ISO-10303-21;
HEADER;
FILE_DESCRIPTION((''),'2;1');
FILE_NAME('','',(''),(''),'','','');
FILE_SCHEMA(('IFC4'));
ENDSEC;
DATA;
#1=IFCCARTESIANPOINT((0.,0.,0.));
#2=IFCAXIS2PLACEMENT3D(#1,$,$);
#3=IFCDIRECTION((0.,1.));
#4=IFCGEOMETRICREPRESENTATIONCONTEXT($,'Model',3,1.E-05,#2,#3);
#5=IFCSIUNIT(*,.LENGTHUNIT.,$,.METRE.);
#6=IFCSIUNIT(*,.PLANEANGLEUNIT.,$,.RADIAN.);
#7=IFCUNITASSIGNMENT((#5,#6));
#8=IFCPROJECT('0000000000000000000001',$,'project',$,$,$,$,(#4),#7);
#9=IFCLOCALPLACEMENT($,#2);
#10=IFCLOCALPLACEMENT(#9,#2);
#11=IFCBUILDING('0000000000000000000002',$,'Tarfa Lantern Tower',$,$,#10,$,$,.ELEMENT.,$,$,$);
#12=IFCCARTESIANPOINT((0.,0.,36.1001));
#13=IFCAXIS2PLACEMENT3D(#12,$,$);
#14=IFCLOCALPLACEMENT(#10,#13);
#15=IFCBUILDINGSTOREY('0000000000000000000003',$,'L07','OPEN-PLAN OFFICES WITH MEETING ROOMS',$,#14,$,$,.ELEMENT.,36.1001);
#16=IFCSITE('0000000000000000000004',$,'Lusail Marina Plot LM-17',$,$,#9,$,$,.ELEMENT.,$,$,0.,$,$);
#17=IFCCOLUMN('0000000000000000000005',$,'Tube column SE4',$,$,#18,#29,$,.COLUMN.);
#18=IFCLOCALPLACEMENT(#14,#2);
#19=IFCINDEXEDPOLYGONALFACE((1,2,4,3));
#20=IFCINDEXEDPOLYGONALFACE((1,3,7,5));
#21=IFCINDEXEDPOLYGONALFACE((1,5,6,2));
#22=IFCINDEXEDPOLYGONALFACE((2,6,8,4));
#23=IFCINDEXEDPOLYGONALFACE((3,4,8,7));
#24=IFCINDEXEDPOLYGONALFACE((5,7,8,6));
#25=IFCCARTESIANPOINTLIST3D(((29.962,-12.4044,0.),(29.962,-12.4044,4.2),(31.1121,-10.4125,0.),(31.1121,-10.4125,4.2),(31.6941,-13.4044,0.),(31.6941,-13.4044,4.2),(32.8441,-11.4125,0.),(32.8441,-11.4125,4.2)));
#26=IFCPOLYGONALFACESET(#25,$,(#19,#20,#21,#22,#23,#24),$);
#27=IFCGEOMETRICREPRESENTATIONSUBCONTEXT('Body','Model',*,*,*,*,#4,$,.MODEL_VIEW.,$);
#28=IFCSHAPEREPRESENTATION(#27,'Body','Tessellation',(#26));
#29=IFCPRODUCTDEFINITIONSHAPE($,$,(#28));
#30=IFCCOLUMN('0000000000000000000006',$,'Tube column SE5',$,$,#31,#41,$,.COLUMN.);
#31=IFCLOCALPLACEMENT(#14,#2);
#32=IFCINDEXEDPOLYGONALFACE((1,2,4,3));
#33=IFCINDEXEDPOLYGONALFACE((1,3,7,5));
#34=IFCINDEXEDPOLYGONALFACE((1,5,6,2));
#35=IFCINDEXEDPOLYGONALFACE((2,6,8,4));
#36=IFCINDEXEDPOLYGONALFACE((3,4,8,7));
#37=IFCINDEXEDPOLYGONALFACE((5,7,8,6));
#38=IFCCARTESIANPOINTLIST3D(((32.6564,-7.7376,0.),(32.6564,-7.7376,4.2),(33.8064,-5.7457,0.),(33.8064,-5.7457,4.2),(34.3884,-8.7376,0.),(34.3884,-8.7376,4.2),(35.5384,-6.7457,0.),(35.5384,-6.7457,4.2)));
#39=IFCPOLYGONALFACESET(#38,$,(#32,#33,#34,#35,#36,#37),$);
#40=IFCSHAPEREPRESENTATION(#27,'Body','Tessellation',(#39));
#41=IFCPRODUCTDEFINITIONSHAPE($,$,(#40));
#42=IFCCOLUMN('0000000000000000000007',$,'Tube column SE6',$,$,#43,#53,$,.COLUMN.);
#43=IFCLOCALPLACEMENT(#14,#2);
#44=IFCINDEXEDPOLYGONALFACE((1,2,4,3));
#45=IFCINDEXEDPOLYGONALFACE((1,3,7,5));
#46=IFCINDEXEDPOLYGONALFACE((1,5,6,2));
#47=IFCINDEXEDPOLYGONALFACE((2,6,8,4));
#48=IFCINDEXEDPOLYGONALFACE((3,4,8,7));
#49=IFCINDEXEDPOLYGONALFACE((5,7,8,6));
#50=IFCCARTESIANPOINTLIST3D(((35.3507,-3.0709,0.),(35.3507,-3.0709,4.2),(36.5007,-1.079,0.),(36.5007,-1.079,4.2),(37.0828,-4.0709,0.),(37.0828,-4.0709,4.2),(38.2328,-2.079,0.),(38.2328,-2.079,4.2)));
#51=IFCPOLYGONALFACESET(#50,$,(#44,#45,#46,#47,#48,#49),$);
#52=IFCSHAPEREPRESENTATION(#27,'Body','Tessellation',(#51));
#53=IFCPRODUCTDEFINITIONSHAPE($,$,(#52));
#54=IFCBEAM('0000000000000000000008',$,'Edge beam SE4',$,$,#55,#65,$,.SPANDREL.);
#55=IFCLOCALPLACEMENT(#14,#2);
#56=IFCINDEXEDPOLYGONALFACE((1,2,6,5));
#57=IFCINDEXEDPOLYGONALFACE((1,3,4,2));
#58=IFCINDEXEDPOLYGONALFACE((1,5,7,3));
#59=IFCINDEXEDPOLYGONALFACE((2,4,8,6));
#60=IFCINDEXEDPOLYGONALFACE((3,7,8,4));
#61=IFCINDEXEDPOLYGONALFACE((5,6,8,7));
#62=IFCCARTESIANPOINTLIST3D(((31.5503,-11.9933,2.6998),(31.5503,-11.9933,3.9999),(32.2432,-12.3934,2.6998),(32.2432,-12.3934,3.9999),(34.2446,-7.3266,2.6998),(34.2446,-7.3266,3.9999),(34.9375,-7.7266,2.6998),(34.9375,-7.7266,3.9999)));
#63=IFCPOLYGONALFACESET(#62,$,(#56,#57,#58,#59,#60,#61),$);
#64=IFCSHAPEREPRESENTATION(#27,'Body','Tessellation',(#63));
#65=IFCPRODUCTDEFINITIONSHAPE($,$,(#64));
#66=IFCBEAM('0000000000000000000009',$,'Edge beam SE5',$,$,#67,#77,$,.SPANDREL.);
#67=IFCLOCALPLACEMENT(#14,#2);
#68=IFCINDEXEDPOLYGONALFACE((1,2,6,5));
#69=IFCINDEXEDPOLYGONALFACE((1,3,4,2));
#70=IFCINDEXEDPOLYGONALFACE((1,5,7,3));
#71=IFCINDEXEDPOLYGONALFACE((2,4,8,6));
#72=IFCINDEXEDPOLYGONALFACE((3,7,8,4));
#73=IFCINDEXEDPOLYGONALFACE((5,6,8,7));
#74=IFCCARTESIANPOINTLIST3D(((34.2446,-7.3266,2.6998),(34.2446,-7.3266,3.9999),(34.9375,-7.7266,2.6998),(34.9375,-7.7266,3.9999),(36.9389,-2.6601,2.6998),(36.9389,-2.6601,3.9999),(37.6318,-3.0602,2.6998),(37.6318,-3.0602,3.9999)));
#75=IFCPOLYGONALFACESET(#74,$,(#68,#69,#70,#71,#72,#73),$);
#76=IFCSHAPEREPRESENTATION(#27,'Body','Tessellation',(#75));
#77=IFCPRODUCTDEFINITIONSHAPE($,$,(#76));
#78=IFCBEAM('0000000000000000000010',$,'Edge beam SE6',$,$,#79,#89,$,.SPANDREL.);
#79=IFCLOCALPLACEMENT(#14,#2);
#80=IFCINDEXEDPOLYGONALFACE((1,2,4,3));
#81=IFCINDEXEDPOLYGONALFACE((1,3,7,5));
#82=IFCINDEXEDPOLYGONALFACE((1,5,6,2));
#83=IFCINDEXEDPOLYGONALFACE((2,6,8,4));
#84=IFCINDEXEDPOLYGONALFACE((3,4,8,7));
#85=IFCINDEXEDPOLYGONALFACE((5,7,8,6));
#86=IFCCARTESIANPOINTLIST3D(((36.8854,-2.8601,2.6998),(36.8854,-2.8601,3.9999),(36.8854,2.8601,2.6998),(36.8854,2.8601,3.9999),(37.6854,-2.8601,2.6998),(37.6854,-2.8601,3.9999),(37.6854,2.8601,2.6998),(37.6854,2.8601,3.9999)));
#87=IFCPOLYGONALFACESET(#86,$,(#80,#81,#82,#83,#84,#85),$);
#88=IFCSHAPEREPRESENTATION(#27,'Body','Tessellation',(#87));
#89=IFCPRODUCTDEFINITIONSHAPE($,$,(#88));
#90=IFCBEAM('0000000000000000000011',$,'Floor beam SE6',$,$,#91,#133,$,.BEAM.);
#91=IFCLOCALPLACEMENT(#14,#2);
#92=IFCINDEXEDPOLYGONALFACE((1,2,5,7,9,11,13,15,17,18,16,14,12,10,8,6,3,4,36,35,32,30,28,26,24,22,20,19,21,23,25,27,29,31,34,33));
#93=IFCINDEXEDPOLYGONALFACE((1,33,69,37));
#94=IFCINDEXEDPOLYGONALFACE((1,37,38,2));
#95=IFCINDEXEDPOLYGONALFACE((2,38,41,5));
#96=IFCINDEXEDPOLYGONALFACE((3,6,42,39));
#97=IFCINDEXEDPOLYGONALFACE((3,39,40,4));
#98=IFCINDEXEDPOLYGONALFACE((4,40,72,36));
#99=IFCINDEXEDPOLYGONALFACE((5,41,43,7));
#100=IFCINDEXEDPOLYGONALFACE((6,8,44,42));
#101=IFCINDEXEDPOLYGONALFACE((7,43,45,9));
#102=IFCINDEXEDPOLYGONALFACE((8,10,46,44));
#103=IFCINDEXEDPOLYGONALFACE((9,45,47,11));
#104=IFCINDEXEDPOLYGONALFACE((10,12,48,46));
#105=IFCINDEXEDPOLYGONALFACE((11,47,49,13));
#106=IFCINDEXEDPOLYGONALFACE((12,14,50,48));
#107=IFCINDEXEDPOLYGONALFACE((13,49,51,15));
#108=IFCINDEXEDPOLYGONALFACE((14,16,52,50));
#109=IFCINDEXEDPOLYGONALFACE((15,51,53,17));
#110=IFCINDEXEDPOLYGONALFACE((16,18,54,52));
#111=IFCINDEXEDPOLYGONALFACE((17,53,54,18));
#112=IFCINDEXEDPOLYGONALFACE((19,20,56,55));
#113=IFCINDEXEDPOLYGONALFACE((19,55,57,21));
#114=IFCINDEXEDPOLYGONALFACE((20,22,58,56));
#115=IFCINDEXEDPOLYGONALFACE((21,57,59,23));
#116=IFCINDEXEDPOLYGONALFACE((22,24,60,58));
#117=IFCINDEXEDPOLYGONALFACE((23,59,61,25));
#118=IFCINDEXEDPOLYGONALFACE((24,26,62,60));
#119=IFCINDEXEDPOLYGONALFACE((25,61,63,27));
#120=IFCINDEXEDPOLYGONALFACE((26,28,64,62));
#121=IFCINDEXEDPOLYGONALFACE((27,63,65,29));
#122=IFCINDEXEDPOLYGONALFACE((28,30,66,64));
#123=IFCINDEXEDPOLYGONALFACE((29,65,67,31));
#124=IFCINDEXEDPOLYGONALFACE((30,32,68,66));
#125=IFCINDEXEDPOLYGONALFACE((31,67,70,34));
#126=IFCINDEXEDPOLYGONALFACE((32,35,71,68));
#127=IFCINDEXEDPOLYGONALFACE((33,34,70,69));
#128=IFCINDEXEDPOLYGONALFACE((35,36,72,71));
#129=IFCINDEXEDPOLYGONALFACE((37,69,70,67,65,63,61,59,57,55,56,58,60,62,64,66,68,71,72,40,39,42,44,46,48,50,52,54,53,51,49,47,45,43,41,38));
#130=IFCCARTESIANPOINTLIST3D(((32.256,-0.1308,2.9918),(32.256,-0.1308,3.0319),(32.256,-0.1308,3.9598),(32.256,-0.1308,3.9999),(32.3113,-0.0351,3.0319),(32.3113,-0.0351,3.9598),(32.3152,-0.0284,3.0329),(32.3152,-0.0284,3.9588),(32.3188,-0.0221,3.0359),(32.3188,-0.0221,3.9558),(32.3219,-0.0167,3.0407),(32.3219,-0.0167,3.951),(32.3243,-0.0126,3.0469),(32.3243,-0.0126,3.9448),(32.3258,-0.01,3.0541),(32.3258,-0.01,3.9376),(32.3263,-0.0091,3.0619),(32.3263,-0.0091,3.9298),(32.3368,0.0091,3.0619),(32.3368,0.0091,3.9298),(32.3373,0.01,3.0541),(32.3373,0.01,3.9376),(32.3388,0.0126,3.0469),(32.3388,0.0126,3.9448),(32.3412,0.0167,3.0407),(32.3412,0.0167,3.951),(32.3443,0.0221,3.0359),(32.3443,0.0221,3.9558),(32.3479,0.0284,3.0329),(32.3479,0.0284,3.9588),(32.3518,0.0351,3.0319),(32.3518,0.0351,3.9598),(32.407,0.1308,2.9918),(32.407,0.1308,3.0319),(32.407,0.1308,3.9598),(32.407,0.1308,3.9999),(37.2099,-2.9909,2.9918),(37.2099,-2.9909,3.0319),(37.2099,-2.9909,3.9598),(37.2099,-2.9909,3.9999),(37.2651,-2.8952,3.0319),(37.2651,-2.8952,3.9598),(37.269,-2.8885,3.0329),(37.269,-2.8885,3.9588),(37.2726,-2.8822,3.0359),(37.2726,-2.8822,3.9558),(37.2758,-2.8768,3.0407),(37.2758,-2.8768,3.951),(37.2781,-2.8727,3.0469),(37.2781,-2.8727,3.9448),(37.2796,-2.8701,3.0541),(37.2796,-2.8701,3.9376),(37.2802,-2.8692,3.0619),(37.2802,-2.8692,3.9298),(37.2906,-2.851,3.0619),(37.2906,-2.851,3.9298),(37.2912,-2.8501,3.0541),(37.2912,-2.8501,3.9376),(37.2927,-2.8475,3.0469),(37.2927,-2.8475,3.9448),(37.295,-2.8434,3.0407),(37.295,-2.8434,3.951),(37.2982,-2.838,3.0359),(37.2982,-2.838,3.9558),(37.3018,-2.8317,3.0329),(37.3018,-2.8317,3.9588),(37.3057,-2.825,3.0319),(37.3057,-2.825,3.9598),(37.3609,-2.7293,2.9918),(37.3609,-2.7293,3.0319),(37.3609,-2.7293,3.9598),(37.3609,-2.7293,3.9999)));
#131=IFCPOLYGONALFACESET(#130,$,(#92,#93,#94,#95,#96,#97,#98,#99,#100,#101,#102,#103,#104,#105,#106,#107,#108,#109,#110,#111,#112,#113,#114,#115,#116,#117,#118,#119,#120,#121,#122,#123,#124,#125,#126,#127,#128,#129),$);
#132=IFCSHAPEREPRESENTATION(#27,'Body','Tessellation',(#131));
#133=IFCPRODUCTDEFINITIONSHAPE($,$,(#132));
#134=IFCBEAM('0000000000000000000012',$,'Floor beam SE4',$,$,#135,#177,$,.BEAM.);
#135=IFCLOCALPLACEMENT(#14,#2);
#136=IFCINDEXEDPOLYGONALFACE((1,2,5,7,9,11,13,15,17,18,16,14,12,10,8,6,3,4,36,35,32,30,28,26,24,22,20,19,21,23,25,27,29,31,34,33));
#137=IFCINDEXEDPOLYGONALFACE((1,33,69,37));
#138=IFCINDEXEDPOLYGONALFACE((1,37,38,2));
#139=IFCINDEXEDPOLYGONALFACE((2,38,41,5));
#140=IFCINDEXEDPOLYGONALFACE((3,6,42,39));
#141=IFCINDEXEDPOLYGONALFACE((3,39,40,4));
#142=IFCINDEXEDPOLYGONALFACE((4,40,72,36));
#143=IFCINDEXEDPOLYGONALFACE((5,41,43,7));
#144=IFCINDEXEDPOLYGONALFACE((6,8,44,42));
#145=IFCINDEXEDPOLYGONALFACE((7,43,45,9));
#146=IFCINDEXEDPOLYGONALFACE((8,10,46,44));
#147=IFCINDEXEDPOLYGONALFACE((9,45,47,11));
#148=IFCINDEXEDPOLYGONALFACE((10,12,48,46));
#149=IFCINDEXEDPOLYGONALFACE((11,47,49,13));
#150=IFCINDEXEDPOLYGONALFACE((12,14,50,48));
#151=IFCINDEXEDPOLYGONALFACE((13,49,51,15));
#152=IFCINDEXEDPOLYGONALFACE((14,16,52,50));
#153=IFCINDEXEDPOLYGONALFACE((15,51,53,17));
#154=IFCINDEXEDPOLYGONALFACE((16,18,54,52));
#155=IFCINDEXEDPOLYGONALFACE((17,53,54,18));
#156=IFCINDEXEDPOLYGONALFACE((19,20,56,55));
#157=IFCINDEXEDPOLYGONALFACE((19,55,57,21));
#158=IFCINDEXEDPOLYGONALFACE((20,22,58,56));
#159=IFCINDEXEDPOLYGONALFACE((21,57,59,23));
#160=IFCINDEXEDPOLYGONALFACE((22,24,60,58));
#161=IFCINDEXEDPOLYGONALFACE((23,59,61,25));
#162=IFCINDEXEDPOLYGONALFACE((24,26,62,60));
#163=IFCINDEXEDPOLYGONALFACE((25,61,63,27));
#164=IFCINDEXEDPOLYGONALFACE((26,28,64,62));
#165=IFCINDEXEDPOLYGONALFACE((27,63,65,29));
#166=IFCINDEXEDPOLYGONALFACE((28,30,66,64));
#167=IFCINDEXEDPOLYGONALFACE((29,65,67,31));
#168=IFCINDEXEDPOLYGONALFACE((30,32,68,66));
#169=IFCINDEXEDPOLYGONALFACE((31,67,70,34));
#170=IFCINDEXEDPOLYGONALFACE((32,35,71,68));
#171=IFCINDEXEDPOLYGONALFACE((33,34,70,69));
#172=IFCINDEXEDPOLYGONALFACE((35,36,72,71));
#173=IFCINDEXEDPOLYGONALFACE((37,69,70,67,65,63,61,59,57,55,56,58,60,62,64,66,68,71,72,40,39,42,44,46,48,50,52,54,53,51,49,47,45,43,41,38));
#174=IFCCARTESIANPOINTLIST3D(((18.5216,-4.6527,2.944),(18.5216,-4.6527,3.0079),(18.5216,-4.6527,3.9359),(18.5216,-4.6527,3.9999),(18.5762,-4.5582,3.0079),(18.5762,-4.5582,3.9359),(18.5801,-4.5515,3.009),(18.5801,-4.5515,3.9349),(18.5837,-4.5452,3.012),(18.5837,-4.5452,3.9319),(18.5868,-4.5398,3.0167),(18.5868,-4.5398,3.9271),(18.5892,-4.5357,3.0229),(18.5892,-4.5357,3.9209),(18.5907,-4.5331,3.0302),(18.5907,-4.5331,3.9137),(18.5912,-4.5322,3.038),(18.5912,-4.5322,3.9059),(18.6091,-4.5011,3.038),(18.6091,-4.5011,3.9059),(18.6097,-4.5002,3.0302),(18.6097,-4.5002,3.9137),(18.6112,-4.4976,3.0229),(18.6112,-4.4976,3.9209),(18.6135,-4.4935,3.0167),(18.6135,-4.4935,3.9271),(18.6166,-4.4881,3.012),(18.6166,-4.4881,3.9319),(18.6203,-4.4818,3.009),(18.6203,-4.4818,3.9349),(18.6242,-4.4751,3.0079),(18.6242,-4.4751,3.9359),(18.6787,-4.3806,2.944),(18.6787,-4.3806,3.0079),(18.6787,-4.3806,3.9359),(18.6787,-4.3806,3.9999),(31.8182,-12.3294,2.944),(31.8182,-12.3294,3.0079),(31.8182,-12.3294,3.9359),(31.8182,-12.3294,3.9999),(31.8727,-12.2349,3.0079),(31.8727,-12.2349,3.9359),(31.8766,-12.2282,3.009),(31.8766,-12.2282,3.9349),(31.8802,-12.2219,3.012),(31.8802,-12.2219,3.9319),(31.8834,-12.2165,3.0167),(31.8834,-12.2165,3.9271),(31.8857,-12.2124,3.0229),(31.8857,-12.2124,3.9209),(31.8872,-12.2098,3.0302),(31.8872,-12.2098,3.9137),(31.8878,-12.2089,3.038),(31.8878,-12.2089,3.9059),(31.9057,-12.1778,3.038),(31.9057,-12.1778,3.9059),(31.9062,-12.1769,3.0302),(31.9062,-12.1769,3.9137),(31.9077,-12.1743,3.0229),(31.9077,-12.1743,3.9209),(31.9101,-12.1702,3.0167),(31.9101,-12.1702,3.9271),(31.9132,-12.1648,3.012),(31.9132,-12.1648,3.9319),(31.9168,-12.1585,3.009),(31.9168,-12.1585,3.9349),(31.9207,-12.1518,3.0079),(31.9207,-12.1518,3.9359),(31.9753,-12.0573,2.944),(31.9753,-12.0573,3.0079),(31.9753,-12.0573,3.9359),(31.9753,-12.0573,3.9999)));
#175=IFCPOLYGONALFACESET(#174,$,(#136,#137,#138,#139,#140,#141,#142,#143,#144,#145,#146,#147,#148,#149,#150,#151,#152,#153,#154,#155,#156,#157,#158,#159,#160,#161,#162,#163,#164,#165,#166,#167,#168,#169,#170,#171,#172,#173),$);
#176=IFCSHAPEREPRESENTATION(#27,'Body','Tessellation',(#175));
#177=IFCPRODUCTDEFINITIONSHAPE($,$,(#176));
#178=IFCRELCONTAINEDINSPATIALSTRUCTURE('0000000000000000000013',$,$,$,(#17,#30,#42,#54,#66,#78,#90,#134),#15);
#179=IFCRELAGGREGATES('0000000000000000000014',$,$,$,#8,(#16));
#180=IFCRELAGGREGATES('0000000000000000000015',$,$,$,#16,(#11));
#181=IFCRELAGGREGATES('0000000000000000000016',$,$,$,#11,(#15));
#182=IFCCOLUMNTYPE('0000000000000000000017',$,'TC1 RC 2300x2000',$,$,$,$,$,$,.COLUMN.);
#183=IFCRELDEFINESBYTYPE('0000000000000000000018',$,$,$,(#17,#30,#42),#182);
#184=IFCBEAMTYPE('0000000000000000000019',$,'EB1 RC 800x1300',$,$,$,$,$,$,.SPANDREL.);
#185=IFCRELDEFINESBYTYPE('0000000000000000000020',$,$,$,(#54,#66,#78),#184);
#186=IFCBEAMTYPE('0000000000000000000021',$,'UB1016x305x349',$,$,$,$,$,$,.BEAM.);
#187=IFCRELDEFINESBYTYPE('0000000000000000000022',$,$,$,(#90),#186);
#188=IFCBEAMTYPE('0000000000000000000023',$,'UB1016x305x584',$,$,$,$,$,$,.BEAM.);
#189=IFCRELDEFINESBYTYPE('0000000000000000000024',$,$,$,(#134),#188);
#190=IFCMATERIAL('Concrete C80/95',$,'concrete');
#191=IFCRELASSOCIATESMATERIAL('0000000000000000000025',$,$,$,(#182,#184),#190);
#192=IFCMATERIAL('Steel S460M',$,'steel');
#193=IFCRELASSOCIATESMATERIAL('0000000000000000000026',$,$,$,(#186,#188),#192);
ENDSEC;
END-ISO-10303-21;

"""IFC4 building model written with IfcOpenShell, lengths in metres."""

from ifc_helpers import new_model, si_unit, direction, frame, origin, origin_2d, place, context, subcontext, project, spatial, rectangle, i_section, extrude, material, material_profile, profile_set, type_object, element, save


model = new_model("IFC4")

# Units and contexts
model_context = context("Model", 3, precision=1e-05, world=origin(), true_north=direction((0.0, 1.0)))
body_context = subcontext(model_context, "Body", "Model", "MODEL_VIEW")
ifc_project = project(units=[si_unit("LENGTHUNIT", "METRE"), si_unit("PLANEANGLEUNIT", "RADIAN")], contexts=[model_context])

# Site, building, storey
site_placement = place(None, origin())
site = spatial("IfcSite", under=ifc_project, at=site_placement, Name="Lusail Marina Plot LM-17", CompositionType="ELEMENT", RefElevation=0.0)
building_placement = place(site_placement, origin())
building = spatial("IfcBuilding", under=site, at=building_placement, Name="Tarfa Lantern Tower", CompositionType="ELEMENT")
storey_placement = place(building_placement, frame((0.0, 0.0, 36.1001)))
storey = spatial("IfcBuildingStorey", under=building, at=storey_placement, Name="L07", Description="OPEN-PLAN OFFICES WITH MEETING ROOMS", CompositionType="ELEMENT", Elevation=36.1001)

# Columns
ifc_material_1 = material(Name="Concrete C80/95", Category="concrete")
ifc_material_profile_1 = material_profile(ifc_material_1, rectangle(XDim=2.3, YDim=2.0, at=origin_2d()), Name="RC 2300x2000")
ifc_profile_set_1 = profile_set([ifc_material_profile_1], Name="Concrete C80/95")
column_type = type_object("IfcColumnType", Name="TC1 RC 2300x2000", PredefinedType="COLUMN", material=ifc_profile_set_1)
for number, where, z_axis, x_axis, name in (
    (1, (31.4031, -11.9084, 0.0), (0.0, 0.0, 1.0), (0.5, 0.866025, 0.0), "Tube column SE4"),
    (2, (34.0974, -7.2417, 0.0), (0.0, 0.0, 1.0), (0.5, 0.866025, 0.0), "Tube column SE5"),
    (3, (36.7917, -2.575, 0.0), (0.0, 0.0, 1.0), (0.5, 0.866025, 0.0), "Tube column SE6"),
):
    element("IfcColumn", number, at=place(storey_placement, frame(where, z_axis=z_axis, x_axis=x_axis)), inside=storey, type_object=column_type, Name=name, PredefinedType="COLUMN", context=body_context, shape_type="SweptSolid", body=[
        extrude(rectangle(XDim=2.3, YDim=2.0, at=origin_2d()), origin(), (0.0, 0.0, 1.0), 4.2),
    ])

# Beams
ifc_material_profile_2 = material_profile(ifc_material_1, rectangle(XDim=0.8, YDim=1.3, at=origin_2d()), Name="RC 800x1300")
ifc_profile_set_2 = profile_set([ifc_material_profile_2], Name="Concrete C80/95")
beam_type_1 = type_object("IfcBeamType", Name="EB1 RC 800x1300", PredefinedType="SPANDREL", material=ifc_profile_set_2)
beam_1_placement = place(storey_placement, frame((31.8967, -12.1934, 3.3499), z_axis=(0.499998, 0.866026, 0.0), x_axis=(-0.866026, 0.499998, 0.0)))
element("IfcBeam", 4, at=beam_1_placement, inside=storey, type_object=beam_type_1, Name="Edge beam SE4", PredefinedType="SPANDREL", context=body_context, shape_type="SweptSolid", body=[
    extrude(rectangle(XDim=0.8, YDim=1.3, at=origin_2d()), origin(), (0.0, 0.0, 1.0), 5.3887),
])
beam_2_placement = place(storey_placement, frame((34.5911, -7.5266, 3.3499), z_axis=(0.500018, 0.866015, 0.0), x_axis=(-0.866015, 0.500018, 0.0)))
element("IfcBeam", 5, at=beam_2_placement, inside=storey, type_object=beam_type_1, Name="Edge beam SE5", PredefinedType="SPANDREL", context=body_context, shape_type="SweptSolid", body=[
    extrude(rectangle(XDim=0.8, YDim=1.3, at=origin_2d()), origin(), (0.0, 0.0, 1.0), 5.3884),
])
beam_3_placement = place(storey_placement, frame((37.2854, -2.8601, 3.3499), z_axis=(0.0, 1.0, 0.0), x_axis=(-1.0, 0.0, 0.0)))
element("IfcBeam", 6, at=beam_3_placement, inside=storey, type_object=beam_type_1, Name="Edge beam SE6", PredefinedType="SPANDREL", context=body_context, shape_type="SweptSolid", body=[
    extrude(rectangle(XDim=0.8, YDim=1.3, at=origin_2d()), origin(), (0.0, 0.0, 1.0), 5.7202),
])
ifc_material_2 = material(Name="Steel S460M", Category="steel")
ifc_material_profile_3 = material_profile(ifc_material_2, i_section(OverallWidth=0.302, OverallDepth=1.0081, WebThickness=0.021, FlangeThickness=0.04, FilletRadius=0.03, at=origin_2d()), Name="UB1016x305x349")
ifc_profile_set_3 = profile_set([ifc_material_profile_3], Name="Steel S460M")
beam_type_2 = type_object("IfcBeamType", Name="UB1016x305x349", PredefinedType="BEAM", material=ifc_profile_set_3)
beam_4_placement = place(storey_placement, frame((37.2854, -2.8601, 3.4958), z_axis=(-0.866026, 0.5, 0.0), x_axis=(-0.5, -0.866026, 0.0)))
element("IfcBeam", 7, at=beam_4_placement, inside=storey, type_object=beam_type_2, Name="Floor beam SE6", PredefinedType="BEAM", context=body_context, shape_type="SweptSolid", body=[
    extrude(i_section(OverallWidth=0.302, OverallDepth=1.0081, WebThickness=0.021, FlangeThickness=0.04, FilletRadius=0.03, at=origin_2d()), origin(), (0.0, 0.0, 1.0), 5.7202),
])
ifc_material_profile_4 = material_profile(ifc_material_2, i_section(OverallWidth=0.3142, OverallDepth=1.0559, WebThickness=0.0359, FlangeThickness=0.064, FilletRadius=0.03, at=origin_2d()), Name="UB1016x305x584")
ifc_profile_set_4 = profile_set([ifc_material_profile_4], Name="Steel S460M")
beam_type_3 = type_object("IfcBeamType", Name="UB1016x305x584", PredefinedType="BEAM", material=ifc_profile_set_4)
beam_5_placement = place(storey_placement, frame((31.8967, -12.1934, 3.4719), z_axis=(-0.866027, 0.499997, 0.0), x_axis=(-0.499997, -0.866027, 0.0)))
element("IfcBeam", 8, at=beam_5_placement, inside=storey, type_object=beam_type_3, Name="Floor beam SE4", PredefinedType="BEAM", context=body_context, shape_type="SweptSolid", body=[
    extrude(i_section(OverallWidth=0.3142, OverallDepth=1.0559, WebThickness=0.0359, FlangeThickness=0.064, FilletRadius=0.03, at=origin_2d()), origin(), (0.0, 0.0, 1.0), 15.3535),
])

save(model, "model.ifc")
